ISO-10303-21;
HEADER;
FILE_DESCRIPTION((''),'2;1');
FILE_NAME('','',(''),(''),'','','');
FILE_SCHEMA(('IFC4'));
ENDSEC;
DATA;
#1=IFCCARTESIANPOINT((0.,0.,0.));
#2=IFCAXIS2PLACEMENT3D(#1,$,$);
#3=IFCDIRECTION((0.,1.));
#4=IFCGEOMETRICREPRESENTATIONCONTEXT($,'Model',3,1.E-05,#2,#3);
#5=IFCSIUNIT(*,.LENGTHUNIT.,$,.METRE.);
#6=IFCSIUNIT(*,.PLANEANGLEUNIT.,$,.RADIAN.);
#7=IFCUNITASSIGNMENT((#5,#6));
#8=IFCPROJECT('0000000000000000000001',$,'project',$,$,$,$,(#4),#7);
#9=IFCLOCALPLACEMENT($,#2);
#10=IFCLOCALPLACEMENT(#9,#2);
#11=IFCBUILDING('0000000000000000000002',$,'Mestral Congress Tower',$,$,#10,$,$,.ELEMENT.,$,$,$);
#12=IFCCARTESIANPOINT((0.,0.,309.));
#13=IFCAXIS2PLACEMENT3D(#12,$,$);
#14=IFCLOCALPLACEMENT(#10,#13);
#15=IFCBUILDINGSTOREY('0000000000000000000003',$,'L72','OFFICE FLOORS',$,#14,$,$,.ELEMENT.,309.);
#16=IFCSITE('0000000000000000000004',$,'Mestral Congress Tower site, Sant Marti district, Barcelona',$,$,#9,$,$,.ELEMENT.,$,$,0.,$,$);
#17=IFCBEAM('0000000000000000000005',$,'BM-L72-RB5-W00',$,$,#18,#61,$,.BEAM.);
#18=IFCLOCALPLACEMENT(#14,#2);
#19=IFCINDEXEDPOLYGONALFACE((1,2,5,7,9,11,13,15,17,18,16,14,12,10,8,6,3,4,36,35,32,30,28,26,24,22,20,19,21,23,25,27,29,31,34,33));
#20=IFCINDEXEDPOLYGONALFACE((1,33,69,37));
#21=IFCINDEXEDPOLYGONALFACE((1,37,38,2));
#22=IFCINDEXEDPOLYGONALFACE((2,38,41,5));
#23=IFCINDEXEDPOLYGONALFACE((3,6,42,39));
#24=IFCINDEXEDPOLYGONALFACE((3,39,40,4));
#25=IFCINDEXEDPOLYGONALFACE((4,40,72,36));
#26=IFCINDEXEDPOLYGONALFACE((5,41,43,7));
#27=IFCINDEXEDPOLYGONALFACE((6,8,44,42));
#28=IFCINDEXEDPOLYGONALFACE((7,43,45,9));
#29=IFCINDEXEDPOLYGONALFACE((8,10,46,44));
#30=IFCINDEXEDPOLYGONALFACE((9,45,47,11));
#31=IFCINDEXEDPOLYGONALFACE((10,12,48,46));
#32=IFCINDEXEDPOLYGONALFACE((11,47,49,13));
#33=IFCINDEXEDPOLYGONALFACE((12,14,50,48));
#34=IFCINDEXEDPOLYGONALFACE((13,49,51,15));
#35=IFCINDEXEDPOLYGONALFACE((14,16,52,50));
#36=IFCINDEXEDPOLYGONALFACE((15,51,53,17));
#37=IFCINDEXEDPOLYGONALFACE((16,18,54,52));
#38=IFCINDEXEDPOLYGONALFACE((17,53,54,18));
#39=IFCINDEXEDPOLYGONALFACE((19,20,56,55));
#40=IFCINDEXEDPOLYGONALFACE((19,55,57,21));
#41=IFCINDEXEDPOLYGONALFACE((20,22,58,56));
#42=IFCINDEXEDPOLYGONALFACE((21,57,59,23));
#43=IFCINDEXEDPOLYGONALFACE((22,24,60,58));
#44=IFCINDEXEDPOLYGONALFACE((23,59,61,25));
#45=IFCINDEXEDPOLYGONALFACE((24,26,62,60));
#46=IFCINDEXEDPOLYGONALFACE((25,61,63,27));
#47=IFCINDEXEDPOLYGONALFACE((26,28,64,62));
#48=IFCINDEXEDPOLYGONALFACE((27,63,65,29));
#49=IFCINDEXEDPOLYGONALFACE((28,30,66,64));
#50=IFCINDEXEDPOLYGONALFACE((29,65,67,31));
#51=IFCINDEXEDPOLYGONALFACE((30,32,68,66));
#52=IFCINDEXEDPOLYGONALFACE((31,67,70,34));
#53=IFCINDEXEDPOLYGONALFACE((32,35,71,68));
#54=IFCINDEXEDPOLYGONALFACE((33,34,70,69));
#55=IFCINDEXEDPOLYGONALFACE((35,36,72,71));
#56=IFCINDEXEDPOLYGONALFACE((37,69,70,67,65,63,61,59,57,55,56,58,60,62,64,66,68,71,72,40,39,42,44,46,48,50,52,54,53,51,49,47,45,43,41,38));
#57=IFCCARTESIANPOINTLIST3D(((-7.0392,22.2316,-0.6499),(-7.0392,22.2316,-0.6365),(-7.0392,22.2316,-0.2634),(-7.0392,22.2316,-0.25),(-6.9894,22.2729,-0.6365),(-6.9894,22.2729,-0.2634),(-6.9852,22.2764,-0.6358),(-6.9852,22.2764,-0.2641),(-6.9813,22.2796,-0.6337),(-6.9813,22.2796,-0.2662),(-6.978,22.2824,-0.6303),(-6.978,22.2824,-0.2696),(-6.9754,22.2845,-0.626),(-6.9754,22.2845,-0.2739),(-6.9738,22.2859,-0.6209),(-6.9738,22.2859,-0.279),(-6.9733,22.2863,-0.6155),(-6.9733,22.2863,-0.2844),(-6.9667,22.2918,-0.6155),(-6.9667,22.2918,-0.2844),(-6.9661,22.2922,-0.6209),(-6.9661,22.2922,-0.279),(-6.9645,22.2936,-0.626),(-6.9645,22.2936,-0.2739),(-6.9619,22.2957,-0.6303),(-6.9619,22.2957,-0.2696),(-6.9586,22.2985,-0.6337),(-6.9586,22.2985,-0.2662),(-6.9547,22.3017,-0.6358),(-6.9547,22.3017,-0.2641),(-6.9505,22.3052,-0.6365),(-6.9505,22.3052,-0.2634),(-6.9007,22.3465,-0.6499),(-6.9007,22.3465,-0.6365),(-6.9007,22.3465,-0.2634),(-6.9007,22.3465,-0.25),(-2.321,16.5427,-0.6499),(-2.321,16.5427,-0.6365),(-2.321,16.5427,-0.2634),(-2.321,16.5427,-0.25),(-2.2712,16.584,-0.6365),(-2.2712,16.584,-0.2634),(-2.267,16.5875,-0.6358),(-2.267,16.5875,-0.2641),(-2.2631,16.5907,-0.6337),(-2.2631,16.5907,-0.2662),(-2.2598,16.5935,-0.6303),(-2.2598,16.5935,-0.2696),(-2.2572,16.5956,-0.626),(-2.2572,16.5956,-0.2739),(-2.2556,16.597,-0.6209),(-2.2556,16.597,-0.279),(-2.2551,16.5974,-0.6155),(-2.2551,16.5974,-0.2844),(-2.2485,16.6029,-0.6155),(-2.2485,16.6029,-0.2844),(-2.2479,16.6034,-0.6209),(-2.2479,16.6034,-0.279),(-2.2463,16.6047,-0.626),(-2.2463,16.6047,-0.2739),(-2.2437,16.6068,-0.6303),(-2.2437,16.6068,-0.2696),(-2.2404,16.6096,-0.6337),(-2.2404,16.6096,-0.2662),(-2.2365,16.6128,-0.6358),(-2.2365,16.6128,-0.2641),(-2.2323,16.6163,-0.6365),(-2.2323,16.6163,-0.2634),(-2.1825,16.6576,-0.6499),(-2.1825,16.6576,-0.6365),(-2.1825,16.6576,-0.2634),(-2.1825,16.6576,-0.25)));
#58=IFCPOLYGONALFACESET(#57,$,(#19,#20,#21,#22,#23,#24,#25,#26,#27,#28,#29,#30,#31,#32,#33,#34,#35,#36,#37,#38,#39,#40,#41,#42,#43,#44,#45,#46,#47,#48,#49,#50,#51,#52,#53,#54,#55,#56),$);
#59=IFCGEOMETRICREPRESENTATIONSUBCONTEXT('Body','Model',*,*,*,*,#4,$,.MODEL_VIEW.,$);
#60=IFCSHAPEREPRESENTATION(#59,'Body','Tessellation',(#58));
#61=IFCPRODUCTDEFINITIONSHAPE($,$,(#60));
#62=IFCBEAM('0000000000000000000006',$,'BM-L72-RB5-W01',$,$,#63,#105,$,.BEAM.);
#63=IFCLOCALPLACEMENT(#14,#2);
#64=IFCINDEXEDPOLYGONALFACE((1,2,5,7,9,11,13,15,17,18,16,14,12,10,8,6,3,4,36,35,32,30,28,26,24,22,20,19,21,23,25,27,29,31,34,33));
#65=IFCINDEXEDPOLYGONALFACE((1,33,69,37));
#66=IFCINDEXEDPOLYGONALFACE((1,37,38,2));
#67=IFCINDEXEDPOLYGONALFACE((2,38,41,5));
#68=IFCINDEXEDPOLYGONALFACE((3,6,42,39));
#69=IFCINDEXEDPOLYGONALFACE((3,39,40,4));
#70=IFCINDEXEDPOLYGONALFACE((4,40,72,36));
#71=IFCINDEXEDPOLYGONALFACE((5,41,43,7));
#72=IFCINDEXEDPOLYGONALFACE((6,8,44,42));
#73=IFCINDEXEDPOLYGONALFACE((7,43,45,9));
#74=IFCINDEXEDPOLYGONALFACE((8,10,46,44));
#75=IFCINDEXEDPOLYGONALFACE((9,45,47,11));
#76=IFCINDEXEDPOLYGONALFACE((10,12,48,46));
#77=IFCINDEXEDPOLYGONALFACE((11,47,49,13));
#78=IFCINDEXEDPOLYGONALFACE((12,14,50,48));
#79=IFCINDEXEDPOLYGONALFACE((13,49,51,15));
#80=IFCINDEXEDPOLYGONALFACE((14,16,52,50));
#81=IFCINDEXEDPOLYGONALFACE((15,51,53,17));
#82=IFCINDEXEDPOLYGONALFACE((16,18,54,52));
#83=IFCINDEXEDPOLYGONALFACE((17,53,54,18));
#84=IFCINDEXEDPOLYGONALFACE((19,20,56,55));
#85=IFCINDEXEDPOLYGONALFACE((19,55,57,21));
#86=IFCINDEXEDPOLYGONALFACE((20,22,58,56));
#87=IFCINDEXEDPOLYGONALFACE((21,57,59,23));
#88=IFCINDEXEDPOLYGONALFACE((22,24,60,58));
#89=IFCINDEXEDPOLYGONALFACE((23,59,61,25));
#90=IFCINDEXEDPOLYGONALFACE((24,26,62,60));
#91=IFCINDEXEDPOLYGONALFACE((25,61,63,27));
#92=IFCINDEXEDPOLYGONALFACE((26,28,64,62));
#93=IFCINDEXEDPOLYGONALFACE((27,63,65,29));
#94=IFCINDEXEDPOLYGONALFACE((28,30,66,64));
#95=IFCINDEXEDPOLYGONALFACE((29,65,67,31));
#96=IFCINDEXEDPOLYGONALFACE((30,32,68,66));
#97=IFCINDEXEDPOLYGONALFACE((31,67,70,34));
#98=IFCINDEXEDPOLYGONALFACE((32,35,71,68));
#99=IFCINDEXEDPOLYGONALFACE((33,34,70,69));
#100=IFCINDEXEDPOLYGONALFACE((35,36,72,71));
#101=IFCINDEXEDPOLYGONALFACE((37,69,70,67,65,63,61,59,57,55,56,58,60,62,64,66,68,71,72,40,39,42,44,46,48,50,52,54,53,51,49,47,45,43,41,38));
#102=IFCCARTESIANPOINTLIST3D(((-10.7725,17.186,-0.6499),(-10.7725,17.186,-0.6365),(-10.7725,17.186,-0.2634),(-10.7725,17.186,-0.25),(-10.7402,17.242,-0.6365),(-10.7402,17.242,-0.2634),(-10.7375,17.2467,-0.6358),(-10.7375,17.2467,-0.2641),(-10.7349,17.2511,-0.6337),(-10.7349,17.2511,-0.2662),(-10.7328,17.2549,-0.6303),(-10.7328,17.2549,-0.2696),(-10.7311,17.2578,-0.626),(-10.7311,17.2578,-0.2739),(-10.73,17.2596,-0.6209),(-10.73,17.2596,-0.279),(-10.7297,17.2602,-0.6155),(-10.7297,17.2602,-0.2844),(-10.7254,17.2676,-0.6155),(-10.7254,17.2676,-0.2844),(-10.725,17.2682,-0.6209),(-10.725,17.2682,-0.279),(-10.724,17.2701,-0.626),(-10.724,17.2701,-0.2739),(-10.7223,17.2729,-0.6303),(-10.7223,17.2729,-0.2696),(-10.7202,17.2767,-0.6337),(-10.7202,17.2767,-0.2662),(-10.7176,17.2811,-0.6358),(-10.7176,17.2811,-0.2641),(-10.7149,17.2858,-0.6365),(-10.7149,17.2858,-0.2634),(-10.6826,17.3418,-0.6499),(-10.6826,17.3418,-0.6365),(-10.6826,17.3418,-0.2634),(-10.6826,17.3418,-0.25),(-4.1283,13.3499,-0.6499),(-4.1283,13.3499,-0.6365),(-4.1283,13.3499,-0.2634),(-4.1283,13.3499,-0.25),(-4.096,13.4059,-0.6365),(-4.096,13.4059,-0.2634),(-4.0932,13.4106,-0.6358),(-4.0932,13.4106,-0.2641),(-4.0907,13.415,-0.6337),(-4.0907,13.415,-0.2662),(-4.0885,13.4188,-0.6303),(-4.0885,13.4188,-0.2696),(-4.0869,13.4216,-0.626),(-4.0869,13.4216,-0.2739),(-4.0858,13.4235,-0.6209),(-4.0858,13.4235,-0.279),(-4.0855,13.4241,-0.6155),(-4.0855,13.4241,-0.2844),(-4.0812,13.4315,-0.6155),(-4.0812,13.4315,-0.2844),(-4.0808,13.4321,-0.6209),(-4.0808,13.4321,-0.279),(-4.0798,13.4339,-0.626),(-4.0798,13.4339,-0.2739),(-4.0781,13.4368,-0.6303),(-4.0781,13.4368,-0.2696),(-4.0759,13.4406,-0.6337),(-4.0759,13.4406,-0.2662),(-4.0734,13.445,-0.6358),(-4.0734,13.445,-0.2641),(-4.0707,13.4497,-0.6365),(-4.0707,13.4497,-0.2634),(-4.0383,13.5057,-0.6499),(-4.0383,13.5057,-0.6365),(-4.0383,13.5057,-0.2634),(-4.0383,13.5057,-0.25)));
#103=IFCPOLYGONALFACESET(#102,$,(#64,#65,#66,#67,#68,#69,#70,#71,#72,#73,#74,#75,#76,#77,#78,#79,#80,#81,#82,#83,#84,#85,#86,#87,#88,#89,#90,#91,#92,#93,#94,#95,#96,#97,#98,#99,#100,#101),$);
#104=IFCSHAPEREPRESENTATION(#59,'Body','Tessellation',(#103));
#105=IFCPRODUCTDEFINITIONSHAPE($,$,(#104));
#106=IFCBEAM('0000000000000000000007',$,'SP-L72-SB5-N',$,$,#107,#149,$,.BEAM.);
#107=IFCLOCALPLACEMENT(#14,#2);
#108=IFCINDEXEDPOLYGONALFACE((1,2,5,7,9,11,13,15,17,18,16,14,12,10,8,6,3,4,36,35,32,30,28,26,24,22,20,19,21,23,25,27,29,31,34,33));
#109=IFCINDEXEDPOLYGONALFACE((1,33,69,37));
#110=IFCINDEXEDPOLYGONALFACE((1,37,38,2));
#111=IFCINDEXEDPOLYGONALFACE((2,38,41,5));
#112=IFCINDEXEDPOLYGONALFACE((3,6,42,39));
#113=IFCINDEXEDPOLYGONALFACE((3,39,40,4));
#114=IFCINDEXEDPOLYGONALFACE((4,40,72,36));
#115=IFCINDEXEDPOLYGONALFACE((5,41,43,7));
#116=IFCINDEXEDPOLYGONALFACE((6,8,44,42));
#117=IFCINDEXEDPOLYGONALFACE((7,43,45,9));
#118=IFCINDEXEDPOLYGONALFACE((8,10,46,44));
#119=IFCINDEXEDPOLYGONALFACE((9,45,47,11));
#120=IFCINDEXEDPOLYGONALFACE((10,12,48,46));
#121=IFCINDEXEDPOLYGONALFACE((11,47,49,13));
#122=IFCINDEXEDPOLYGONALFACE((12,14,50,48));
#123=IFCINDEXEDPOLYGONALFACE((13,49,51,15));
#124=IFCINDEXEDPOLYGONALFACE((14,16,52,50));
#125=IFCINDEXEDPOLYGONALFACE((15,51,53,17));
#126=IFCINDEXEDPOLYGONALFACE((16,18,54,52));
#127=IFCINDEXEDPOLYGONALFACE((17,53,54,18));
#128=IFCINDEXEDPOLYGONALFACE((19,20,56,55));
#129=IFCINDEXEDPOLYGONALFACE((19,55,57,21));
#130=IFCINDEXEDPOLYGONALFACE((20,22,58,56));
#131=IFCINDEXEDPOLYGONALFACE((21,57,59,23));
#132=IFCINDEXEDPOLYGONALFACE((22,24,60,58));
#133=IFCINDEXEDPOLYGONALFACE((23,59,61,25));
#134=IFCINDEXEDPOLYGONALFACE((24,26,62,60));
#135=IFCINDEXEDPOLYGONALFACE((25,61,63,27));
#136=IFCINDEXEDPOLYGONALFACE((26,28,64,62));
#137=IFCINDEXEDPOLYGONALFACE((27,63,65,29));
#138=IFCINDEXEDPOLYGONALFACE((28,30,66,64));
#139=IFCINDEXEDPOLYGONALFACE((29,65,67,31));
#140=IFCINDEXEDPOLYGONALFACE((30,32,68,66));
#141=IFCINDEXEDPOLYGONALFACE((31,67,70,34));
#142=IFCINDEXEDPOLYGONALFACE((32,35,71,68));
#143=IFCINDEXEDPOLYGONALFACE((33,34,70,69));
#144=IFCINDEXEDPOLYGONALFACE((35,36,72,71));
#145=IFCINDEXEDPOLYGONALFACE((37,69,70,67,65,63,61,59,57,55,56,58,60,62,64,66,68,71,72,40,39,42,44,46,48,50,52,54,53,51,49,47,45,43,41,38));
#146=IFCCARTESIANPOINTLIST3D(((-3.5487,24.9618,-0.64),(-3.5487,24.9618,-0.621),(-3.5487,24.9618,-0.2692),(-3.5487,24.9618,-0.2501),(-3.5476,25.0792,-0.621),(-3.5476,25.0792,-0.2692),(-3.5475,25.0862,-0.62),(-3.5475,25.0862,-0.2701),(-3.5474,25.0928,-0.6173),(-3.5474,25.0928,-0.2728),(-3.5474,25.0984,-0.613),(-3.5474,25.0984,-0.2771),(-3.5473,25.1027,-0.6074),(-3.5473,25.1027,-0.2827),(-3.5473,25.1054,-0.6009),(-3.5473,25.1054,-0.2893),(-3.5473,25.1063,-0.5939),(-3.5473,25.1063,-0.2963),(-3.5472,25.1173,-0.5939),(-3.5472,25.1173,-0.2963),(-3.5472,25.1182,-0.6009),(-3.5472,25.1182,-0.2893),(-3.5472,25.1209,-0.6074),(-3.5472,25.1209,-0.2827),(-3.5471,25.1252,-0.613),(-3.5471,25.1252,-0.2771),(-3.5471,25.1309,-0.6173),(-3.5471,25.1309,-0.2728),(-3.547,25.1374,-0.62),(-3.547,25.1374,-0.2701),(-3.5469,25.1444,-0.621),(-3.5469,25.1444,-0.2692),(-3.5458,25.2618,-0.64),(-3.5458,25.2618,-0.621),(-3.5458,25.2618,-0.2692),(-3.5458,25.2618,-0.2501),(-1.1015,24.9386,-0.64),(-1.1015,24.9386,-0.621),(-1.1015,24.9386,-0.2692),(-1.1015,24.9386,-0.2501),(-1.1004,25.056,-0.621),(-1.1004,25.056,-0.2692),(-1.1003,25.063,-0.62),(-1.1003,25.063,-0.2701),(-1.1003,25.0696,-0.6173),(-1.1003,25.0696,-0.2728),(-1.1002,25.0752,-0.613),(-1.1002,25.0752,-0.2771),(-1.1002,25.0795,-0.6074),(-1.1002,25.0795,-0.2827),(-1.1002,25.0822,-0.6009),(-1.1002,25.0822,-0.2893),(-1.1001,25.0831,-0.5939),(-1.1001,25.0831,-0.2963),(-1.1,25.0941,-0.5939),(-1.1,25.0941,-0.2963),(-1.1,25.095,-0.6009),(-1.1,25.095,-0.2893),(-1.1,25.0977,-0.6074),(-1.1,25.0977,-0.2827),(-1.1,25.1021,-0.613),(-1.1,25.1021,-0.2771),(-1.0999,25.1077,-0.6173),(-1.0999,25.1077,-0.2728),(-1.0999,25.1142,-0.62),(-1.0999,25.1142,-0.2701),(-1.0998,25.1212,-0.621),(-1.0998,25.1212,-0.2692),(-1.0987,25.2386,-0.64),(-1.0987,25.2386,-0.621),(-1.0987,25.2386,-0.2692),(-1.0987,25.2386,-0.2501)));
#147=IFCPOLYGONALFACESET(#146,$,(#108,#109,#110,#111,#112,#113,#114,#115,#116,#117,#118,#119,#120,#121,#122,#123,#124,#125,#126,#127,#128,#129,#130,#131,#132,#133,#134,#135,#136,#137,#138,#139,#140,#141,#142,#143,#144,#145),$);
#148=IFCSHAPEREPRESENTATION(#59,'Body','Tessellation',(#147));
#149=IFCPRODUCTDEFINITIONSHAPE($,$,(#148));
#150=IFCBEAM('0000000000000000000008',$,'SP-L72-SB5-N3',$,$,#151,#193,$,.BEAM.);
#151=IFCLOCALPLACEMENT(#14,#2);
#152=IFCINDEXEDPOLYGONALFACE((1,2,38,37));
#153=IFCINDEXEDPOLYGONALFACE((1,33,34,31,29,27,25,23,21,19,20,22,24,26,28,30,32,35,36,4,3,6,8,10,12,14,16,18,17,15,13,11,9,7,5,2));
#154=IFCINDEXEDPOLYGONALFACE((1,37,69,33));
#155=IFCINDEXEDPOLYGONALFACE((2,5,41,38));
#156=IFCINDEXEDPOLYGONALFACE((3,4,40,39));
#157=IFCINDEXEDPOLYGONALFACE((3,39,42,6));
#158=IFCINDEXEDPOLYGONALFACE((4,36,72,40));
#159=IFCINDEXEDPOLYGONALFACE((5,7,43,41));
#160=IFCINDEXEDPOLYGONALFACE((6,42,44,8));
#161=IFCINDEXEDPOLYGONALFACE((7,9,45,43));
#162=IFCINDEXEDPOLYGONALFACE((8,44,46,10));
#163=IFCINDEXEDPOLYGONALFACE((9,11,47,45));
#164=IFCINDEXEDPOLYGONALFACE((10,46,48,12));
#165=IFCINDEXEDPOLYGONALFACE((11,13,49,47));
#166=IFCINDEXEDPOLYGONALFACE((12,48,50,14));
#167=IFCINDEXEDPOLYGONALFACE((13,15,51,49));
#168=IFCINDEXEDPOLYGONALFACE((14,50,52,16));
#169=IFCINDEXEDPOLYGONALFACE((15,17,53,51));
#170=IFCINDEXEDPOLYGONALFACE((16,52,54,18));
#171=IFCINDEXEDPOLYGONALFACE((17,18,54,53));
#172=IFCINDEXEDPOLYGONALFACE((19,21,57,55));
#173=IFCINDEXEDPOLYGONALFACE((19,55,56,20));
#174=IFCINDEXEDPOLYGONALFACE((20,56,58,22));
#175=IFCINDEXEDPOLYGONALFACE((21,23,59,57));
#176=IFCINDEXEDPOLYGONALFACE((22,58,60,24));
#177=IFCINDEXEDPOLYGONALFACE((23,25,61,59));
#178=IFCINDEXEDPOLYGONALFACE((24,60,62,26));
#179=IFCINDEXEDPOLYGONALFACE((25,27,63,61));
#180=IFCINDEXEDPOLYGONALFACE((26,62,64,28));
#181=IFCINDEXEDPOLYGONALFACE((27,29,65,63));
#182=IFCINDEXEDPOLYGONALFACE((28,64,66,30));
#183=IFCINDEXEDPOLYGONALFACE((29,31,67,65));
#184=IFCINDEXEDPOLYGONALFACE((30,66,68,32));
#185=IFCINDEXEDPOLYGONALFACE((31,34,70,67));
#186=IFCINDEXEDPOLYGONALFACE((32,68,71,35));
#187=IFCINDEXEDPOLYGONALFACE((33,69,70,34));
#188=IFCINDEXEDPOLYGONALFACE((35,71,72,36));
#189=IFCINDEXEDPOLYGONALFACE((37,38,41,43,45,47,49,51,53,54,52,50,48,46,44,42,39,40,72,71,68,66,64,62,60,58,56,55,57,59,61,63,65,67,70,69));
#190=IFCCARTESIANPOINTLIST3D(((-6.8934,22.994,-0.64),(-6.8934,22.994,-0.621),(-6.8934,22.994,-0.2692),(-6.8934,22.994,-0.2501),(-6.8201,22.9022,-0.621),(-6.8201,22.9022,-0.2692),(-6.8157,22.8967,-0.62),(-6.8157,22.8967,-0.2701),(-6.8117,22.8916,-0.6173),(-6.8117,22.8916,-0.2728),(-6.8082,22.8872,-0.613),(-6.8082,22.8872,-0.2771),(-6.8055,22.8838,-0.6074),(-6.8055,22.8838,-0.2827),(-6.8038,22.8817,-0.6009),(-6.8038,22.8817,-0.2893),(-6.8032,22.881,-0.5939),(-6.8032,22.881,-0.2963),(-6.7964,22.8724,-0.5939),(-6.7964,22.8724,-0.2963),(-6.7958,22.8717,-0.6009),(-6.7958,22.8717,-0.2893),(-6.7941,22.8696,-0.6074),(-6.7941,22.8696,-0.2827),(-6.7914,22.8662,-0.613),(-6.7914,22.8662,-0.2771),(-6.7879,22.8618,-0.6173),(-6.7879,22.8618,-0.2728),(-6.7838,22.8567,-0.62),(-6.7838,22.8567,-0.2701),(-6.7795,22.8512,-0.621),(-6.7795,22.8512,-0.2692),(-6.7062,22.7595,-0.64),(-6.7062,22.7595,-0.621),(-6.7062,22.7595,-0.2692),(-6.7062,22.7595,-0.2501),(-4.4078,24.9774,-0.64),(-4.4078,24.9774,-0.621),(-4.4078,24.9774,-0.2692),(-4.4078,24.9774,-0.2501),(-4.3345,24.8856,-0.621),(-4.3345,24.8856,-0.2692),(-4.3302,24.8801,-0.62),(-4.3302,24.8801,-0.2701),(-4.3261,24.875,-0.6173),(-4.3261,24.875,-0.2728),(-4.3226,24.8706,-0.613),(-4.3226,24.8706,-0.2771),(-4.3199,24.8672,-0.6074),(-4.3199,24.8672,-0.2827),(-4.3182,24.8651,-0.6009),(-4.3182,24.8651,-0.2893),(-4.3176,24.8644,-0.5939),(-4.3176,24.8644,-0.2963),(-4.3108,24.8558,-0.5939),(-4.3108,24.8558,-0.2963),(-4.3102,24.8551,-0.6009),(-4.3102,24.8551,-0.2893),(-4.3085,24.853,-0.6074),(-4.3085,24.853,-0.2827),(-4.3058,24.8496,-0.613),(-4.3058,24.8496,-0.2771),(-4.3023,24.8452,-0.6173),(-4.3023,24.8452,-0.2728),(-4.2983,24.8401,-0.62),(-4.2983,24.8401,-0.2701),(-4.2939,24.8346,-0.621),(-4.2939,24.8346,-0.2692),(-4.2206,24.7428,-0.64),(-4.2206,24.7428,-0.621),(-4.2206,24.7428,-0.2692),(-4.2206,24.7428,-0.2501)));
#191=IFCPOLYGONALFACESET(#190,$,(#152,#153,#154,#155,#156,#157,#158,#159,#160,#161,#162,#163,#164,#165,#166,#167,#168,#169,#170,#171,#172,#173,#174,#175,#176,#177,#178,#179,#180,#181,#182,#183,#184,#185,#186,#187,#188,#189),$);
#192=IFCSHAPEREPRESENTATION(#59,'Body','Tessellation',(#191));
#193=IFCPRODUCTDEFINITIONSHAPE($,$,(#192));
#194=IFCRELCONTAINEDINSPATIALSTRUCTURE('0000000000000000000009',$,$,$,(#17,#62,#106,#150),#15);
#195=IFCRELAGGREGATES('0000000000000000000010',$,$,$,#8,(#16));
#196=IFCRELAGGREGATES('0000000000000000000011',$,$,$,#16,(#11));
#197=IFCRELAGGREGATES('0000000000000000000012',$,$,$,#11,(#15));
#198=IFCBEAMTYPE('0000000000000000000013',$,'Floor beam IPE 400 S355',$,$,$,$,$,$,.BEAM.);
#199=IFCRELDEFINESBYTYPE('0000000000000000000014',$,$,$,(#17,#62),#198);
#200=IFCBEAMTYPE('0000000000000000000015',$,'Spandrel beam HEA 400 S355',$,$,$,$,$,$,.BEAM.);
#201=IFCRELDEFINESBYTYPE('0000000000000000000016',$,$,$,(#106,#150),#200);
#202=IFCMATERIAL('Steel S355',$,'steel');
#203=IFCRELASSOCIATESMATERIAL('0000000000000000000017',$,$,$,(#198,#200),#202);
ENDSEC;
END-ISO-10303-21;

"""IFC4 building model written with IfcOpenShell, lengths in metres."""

from ifc_helpers import new_model, si_unit, direction, frame, origin, origin_2d, place, context, subcontext, project, spatial, i_section, extrude, material, material_profile, profile_set, type_object, element, save


model = new_model("IFC4")

# Units and contexts
model_context = context("Model", 3, precision=1e-05, world=origin(), true_north=direction((0.0, 1.0)))
body_context = subcontext(model_context, "Body", "Model", "MODEL_VIEW")
ifc_project = project(units=[si_unit("LENGTHUNIT", "METRE"), si_unit("PLANEANGLEUNIT", "RADIAN")], contexts=[model_context])

# Site, building, storey
site_placement = place(None, origin())
site = spatial("IfcSite", under=ifc_project, at=site_placement, Name="Mestral Congress Tower site, Sant Marti district, Barcelona", CompositionType="ELEMENT", RefElevation=0.0)
building_placement = place(site_placement, origin())
building = spatial("IfcBuilding", under=site, at=building_placement, Name="Mestral Congress Tower", CompositionType="ELEMENT")
storey_placement = place(building_placement, frame((0.0, 0.0, 309.0)))
storey = spatial("IfcBuildingStorey", under=building, at=storey_placement, Name="L72", Description="OFFICE FLOORS", CompositionType="ELEMENT", Elevation=309.0)

# Beams
ifc_material_1 = material(Name="Steel S355", Category="steel")
ifc_material_profile_1 = material_profile(ifc_material_1, i_section(OverallWidth=0.1799, OverallDepth=0.3999, WebThickness=0.0085, FlangeThickness=0.0134, FilletRadius=0.021, at=origin_2d()), Name="IPE 400")
ifc_profile_set_1 = profile_set([ifc_material_profile_1], Name="Steel S355")
beam_type_1 = type_object("IfcBeamType", Name="Floor beam IPE 400 S355", PredefinedType="BEAM", material=ifc_profile_set_1)
beam_1_placement = place(storey_placement, frame((-6.97, 22.2891, -0.45), z_axis=(0.638383, -0.769719, 0.0), x_axis=(0.769719, 0.638383, 0.0)))
element("IfcBeam", 1, at=beam_1_placement, inside=storey, type_object=beam_type_1, Name="BM-L72-RB5-W00", PredefinedType="BEAM", context=body_context, shape_type="SweptSolid", body=[
    extrude(i_section(OverallWidth=0.1799, OverallDepth=0.3999, WebThickness=0.0085, FlangeThickness=0.0134, FilletRadius=0.021, at=origin_2d()), origin(), (0.0, 0.0, 1.0), 7.3909),
])
beam_2_placement = place(storey_placement, frame((-10.7275, 17.2639, -0.45), z_axis=(0.86602, -0.50001, 0.0), x_axis=(0.50001, 0.86602, 0.0)))
element("IfcBeam", 2, at=beam_2_placement, inside=storey, type_object=beam_type_1, Name="BM-L72-RB5-W01", PredefinedType="BEAM", context=body_context, shape_type="SweptSolid", body=[
    extrude(i_section(OverallWidth=0.1799, OverallDepth=0.3999, WebThickness=0.0085, FlangeThickness=0.0134, FilletRadius=0.021, at=origin_2d()), origin(), (0.0, 0.0, 1.0), 7.6721),
])
ifc_material_profile_2 = material_profile(ifc_material_1, i_section(OverallWidth=0.3, OverallDepth=0.3899, WebThickness=0.011, FlangeThickness=0.019, FilletRadius=0.0271, at=origin_2d()), Name="HEA 400")
ifc_profile_set_2 = profile_set([ifc_material_profile_2], Name="Steel S355")
beam_type_2 = type_object("IfcBeamType", Name="Spandrel beam HEA 400 S355", PredefinedType="BEAM", material=ifc_profile_set_2)
beam_3_placement = place(storey_placement, frame((-1.1001, 25.0886, -0.4451), z_axis=(-0.999955, 0.009477, 0.0), x_axis=(-0.009477, -0.999955, 0.0)))
element("IfcBeam", 3, at=beam_3_placement, inside=storey, type_object=beam_type_2, Name="SP-L72-SB5-N", PredefinedType="BEAM", context=body_context, shape_type="SweptSolid", body=[
    extrude(i_section(OverallWidth=0.3, OverallDepth=0.3899, WebThickness=0.011, FlangeThickness=0.019, FilletRadius=0.0271, at=origin_2d()), origin(), (0.0, 0.0, 1.0), 2.4473),
])
beam_4_placement = place(storey_placement, frame((-4.3142, 24.8601, -0.4451), z_axis=(-0.781647, -0.623721, 0.0), x_axis=(0.623721, -0.781647, 0.0)))
element("IfcBeam", 4, at=beam_4_placement, inside=storey, type_object=beam_type_2, Name="SP-L72-SB5-N3", PredefinedType="BEAM", context=body_context, shape_type="SweptSolid", body=[
    extrude(i_section(OverallWidth=0.3, OverallDepth=0.3899, WebThickness=0.011, FlangeThickness=0.019, FilletRadius=0.0271, at=origin_2d()), origin(), (0.0, 0.0, 1.0), 3.1799),
])

save(model, "model.ifc")
